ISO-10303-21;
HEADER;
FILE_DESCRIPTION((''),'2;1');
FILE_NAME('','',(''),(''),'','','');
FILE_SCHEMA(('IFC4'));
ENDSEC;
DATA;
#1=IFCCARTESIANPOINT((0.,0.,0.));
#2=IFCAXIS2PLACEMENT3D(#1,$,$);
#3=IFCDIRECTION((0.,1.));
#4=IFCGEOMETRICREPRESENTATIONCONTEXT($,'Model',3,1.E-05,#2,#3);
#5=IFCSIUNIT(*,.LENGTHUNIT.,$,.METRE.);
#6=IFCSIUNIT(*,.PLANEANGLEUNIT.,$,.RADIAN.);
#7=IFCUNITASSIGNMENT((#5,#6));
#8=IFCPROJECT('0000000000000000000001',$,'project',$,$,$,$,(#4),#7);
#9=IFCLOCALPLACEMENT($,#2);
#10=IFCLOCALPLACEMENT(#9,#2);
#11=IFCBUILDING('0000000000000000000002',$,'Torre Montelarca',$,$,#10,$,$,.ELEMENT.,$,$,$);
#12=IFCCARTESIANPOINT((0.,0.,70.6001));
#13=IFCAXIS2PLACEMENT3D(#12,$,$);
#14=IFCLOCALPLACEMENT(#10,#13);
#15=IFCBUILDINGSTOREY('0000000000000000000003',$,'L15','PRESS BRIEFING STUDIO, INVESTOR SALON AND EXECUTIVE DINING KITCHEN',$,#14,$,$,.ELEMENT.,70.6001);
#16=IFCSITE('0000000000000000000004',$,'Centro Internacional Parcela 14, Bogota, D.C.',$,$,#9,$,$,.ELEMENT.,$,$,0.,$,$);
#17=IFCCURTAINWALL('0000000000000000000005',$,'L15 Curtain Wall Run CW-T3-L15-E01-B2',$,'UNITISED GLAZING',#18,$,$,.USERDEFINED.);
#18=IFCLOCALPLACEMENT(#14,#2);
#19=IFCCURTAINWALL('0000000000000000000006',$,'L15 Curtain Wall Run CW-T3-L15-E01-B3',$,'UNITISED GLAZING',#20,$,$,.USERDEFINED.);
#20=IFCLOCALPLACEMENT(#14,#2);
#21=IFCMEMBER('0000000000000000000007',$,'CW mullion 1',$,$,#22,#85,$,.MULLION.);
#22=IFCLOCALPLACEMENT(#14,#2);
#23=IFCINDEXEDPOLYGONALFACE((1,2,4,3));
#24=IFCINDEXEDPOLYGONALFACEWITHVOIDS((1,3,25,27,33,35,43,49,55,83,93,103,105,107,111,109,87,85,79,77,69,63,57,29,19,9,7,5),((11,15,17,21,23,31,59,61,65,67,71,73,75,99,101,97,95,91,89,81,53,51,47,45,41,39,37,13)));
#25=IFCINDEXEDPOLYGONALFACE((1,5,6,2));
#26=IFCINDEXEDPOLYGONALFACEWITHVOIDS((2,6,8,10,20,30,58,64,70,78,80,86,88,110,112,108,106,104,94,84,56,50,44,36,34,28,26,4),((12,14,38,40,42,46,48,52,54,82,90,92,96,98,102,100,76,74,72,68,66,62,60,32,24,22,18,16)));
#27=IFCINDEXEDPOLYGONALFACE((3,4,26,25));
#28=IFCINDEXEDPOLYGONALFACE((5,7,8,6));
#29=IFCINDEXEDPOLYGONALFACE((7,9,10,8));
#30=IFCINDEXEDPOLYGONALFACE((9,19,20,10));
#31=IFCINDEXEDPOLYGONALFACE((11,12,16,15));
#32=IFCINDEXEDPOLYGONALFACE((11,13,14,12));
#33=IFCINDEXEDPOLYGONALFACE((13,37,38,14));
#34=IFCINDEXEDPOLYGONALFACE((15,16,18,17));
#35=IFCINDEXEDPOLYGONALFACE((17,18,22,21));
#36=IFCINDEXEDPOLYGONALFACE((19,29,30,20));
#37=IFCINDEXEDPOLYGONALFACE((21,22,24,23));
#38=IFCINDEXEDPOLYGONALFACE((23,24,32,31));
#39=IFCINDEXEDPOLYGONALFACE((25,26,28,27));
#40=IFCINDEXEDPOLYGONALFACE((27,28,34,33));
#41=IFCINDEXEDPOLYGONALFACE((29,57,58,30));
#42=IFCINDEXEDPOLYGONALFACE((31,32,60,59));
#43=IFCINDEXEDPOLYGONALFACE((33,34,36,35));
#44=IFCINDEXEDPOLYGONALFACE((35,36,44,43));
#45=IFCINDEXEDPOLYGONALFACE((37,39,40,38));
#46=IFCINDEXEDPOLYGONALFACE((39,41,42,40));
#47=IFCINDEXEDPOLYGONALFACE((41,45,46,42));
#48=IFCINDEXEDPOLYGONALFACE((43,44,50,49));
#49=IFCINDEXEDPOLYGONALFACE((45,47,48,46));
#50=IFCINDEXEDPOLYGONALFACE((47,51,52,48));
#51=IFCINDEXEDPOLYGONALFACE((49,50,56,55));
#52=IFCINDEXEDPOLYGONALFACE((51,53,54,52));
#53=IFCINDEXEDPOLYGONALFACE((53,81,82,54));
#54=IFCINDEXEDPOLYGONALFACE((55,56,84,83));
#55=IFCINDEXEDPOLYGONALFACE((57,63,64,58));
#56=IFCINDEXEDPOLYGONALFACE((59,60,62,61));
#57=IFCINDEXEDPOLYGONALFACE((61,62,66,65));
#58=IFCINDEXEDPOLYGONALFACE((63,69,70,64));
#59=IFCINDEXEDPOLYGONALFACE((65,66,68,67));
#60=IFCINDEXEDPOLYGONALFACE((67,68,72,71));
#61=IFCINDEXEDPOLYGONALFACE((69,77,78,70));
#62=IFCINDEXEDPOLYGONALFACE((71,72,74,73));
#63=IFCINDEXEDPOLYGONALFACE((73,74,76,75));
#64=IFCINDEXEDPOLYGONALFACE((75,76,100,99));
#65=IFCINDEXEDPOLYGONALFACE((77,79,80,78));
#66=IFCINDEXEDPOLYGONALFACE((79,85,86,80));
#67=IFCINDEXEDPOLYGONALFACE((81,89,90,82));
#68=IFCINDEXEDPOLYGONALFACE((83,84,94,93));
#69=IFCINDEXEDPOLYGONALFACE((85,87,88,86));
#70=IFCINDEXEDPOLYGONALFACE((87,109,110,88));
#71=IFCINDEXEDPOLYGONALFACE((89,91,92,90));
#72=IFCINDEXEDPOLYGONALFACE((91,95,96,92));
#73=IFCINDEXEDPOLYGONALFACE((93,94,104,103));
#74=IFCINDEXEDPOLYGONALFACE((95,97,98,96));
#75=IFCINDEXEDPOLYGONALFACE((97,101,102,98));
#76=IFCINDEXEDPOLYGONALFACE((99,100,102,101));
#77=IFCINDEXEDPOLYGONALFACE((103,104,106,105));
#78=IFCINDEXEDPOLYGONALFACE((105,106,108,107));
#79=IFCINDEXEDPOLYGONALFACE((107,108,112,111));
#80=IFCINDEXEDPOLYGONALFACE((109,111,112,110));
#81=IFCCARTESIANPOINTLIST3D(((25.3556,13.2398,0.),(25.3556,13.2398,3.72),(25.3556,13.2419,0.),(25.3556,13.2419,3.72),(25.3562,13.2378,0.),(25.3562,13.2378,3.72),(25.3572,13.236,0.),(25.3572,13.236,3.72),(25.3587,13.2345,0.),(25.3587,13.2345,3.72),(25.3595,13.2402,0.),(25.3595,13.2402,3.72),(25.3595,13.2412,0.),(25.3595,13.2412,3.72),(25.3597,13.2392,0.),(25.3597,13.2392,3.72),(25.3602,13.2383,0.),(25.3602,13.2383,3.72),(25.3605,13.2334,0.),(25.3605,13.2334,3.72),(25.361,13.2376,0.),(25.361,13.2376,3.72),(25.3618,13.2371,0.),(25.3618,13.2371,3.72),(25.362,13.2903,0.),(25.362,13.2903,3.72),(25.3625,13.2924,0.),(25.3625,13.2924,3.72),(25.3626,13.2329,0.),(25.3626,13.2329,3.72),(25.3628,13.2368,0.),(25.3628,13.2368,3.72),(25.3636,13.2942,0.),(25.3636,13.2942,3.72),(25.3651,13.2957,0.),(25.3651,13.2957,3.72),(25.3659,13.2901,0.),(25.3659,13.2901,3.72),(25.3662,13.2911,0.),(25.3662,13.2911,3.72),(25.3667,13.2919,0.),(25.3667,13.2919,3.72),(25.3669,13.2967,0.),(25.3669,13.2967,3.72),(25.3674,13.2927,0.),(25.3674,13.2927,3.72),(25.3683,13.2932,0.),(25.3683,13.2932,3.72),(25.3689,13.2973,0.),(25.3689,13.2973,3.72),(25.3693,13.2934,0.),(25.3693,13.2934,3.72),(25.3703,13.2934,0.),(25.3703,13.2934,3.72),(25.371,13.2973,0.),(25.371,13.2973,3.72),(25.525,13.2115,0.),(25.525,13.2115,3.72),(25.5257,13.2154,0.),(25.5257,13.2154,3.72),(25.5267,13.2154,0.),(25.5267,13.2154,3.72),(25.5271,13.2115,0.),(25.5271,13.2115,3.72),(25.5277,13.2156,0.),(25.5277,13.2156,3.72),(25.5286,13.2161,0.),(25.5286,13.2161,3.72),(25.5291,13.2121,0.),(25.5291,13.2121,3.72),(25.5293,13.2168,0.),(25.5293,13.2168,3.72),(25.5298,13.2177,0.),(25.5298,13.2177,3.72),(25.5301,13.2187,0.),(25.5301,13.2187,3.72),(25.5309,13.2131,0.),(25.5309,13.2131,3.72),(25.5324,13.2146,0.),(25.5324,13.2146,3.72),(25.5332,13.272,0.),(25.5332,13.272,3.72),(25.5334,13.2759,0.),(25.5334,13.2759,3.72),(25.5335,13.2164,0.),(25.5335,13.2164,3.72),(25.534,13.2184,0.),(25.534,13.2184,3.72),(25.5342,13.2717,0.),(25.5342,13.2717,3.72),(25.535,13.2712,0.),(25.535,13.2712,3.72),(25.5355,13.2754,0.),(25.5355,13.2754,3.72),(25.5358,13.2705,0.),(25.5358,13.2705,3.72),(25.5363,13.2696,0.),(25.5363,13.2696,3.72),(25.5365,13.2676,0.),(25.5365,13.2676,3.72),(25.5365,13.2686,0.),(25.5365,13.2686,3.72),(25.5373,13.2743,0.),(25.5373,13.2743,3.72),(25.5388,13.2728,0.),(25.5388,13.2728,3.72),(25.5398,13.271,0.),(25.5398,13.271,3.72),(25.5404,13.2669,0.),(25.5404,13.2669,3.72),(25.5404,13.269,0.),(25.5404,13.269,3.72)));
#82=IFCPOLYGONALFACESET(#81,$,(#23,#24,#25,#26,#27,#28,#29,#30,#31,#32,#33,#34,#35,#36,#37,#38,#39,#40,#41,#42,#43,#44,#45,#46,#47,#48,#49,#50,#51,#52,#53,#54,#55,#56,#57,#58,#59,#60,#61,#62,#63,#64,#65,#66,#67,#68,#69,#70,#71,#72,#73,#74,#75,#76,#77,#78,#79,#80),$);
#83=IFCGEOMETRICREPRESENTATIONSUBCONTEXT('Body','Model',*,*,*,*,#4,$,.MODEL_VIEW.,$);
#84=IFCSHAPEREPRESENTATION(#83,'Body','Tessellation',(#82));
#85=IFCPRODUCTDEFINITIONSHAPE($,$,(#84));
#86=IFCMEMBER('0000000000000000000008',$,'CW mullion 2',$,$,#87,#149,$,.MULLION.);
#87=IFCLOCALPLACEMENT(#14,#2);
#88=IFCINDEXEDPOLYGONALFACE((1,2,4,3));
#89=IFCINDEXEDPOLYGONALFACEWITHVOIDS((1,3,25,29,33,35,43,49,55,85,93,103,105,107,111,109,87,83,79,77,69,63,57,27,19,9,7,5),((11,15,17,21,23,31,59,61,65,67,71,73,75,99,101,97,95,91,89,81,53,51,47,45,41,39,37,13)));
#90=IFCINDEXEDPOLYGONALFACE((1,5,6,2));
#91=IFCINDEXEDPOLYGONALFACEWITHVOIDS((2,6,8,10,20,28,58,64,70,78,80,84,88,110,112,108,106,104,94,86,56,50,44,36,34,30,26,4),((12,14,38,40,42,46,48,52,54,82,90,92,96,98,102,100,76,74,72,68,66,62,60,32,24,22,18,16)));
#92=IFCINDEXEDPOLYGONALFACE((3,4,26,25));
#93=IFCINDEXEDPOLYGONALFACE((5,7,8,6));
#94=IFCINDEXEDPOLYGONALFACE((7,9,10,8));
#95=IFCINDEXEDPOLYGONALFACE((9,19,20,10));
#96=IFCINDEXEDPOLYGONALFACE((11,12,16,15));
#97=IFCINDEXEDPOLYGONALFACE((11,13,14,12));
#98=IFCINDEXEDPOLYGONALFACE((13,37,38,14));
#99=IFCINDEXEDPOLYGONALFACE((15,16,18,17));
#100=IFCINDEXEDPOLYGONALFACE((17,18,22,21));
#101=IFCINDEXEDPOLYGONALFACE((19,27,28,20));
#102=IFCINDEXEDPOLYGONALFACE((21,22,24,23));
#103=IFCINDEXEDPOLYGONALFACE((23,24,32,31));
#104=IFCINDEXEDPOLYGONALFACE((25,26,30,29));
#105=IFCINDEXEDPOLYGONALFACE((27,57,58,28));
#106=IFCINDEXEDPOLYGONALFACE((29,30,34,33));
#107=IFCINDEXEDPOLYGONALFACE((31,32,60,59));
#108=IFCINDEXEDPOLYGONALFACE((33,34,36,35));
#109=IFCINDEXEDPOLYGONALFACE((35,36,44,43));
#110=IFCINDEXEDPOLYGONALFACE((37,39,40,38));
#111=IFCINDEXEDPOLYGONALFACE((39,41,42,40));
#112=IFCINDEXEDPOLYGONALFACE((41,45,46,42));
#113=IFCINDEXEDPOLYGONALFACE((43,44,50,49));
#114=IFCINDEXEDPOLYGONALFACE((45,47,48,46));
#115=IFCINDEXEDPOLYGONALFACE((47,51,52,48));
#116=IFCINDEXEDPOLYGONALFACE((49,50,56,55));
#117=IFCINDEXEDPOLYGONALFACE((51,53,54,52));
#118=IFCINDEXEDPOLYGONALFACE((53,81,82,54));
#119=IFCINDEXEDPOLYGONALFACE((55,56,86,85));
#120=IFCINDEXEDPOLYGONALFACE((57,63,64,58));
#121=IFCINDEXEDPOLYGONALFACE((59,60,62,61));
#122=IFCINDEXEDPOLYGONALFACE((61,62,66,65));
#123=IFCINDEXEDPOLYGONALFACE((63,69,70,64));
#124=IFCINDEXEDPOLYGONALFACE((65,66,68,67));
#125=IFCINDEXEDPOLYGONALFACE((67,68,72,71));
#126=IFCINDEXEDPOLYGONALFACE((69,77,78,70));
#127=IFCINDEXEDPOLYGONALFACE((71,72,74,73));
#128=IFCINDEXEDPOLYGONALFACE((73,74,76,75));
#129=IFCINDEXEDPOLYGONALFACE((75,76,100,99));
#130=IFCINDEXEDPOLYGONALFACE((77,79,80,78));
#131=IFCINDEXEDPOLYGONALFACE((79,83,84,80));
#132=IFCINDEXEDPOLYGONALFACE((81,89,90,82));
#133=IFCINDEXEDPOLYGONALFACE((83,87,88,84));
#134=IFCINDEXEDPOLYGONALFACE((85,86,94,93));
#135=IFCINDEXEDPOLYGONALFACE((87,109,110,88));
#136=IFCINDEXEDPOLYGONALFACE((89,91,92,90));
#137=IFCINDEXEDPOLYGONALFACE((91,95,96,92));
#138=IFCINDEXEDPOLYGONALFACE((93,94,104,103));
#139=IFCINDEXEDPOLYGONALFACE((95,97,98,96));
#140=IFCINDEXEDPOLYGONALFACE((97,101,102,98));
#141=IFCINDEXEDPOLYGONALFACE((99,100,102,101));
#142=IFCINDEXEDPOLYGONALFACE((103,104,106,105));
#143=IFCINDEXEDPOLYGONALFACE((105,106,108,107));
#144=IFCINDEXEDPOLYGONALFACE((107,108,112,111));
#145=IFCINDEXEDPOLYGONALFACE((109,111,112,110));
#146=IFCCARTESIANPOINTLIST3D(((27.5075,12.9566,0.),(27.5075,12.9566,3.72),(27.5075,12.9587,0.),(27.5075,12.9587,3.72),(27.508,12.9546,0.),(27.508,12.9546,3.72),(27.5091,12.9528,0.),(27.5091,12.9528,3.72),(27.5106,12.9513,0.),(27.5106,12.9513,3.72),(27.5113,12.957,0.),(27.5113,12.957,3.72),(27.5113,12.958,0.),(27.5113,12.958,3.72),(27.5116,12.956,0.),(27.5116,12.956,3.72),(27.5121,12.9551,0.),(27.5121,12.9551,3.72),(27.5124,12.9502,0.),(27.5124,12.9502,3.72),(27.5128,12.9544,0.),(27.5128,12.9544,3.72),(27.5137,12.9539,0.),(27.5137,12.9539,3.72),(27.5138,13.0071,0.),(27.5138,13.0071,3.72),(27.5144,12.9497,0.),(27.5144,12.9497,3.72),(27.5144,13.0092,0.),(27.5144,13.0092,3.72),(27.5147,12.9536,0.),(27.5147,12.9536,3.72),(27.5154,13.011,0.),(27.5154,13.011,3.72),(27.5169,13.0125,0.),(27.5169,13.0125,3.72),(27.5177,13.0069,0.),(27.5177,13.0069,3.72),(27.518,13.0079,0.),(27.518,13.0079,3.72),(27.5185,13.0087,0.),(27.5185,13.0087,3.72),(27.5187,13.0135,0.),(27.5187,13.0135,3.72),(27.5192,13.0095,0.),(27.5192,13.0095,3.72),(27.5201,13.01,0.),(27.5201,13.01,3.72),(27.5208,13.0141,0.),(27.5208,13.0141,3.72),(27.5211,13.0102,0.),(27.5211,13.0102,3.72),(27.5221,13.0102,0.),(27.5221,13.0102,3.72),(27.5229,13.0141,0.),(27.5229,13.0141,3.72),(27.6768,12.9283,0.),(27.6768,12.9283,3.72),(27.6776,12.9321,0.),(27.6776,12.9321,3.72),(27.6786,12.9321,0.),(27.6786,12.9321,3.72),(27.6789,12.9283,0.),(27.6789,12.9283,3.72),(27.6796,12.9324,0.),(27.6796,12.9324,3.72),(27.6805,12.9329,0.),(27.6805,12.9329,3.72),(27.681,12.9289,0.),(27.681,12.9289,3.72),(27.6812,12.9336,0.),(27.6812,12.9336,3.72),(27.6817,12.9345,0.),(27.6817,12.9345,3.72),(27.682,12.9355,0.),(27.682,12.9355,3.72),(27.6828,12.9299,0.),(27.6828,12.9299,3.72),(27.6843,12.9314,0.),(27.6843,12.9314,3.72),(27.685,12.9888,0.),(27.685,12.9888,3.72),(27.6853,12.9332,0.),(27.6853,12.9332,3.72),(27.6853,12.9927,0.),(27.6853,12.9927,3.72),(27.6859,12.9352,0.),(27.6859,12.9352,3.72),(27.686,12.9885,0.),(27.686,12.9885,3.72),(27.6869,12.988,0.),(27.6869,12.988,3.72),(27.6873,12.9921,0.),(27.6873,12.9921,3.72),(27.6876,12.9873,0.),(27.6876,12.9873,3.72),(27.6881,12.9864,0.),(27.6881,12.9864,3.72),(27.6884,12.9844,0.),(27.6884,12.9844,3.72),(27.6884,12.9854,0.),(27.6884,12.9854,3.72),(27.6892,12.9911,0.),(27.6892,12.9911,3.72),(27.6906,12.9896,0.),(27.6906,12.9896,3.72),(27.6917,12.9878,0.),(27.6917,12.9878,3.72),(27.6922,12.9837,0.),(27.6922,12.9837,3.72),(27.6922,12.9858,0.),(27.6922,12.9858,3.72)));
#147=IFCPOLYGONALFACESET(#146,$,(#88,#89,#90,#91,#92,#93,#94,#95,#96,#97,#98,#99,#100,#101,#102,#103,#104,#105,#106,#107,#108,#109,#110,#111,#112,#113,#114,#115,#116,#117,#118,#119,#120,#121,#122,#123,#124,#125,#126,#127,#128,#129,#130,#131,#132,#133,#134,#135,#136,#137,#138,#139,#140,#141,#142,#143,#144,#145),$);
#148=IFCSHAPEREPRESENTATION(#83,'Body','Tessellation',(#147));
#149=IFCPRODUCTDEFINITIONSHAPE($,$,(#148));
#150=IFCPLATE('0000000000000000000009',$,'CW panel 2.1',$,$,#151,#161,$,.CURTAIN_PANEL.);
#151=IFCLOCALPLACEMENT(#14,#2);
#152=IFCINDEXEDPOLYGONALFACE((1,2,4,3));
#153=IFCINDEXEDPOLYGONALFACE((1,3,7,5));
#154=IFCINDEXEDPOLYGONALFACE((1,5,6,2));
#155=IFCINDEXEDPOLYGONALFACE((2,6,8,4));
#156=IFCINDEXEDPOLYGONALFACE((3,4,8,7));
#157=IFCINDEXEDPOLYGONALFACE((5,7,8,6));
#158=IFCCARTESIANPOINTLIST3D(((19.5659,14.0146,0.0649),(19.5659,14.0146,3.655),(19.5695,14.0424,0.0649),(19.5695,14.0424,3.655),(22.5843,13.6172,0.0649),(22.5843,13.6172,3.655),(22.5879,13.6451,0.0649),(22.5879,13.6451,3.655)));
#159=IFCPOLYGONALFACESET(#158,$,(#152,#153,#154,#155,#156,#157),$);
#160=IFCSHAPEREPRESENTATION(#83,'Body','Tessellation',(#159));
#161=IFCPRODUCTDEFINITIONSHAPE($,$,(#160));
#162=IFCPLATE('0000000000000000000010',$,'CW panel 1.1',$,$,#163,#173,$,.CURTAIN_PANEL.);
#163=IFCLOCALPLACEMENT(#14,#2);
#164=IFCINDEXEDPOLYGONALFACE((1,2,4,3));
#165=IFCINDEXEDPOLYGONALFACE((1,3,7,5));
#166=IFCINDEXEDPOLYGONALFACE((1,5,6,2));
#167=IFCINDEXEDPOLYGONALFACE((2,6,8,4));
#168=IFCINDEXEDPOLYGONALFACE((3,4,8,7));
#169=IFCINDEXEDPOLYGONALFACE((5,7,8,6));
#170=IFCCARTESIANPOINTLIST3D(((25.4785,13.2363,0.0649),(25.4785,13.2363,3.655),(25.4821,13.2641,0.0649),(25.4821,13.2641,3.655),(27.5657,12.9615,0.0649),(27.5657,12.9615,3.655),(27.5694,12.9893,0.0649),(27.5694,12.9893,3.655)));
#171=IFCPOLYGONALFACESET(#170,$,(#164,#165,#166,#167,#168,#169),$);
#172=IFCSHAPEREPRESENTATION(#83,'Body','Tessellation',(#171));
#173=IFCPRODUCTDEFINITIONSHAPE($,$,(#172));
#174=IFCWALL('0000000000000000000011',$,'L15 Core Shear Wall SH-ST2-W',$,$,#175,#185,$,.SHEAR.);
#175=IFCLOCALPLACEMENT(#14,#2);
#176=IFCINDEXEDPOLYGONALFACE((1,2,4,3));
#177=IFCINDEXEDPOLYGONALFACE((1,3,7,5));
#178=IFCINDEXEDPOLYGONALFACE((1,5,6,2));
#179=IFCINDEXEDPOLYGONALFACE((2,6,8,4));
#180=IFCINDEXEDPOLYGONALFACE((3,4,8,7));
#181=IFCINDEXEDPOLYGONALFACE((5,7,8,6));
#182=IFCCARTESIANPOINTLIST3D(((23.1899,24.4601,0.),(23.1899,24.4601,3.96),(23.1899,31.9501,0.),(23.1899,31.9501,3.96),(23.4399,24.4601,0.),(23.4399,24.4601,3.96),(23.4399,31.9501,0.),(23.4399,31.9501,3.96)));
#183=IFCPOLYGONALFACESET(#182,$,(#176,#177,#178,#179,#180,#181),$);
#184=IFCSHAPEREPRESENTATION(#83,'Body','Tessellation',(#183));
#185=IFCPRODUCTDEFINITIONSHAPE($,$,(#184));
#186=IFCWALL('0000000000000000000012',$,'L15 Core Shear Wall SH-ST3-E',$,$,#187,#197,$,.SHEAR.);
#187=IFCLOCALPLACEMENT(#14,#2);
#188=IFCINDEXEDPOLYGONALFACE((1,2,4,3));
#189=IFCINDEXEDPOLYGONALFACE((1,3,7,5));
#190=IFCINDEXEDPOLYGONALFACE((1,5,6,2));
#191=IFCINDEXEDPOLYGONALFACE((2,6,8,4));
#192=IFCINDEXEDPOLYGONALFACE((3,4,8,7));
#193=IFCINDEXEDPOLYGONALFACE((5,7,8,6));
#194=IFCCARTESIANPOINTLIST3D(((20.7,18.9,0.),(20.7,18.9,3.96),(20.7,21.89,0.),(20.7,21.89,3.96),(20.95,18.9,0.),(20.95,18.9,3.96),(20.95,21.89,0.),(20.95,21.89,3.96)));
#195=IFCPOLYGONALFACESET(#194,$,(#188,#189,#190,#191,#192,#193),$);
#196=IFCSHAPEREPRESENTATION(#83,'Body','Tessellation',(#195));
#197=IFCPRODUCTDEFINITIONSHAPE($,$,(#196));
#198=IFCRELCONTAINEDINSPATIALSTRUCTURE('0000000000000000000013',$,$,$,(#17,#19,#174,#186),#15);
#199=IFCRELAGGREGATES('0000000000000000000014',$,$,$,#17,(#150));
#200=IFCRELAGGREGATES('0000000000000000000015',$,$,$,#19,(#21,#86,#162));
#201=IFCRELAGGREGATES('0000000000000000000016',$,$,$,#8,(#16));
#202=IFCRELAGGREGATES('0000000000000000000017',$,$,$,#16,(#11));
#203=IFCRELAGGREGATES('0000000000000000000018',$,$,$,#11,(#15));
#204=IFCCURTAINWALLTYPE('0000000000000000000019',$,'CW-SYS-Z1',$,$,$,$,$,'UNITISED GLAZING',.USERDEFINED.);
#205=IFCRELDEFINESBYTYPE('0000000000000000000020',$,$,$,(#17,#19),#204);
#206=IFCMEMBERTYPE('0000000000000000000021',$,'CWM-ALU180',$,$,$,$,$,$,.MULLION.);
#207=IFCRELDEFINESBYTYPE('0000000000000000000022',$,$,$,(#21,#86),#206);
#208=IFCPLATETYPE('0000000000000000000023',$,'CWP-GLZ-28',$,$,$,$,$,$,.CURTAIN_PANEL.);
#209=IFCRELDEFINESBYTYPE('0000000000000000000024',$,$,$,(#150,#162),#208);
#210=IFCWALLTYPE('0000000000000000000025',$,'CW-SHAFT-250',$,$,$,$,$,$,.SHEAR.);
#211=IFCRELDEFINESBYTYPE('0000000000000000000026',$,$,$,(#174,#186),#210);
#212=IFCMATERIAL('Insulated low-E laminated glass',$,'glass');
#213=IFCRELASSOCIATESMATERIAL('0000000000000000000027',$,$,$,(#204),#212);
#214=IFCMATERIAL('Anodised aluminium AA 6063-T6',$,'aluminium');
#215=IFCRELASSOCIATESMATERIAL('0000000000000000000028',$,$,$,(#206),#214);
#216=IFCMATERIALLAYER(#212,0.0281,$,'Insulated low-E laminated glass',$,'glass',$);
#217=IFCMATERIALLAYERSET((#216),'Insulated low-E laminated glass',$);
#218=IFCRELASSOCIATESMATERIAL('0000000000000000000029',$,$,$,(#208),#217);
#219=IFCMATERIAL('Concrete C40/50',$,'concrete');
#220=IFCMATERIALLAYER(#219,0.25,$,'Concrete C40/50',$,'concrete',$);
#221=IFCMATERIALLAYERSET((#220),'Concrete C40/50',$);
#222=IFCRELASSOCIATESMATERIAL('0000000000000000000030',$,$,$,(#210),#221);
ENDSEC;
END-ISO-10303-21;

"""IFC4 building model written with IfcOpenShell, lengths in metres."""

from ifc_helpers import new_model, si_unit, direction, frame, frame_2d, origin, origin_2d, place, context, subcontext, project, spatial, rectangle, hollow_rectangle, extrude, source, transform, mapped, material, layer, layer_set, material_profile, profile_set, type_object, element, aggregate, save


model = new_model("IFC4")

# Units and contexts
model_context = context("Model", 3, precision=1e-05, world=origin(), true_north=direction((0.0, 1.0)))
body_context = subcontext(model_context, "Body", "Model", "MODEL_VIEW")
ifc_project = project(units=[si_unit("LENGTHUNIT", "METRE"), si_unit("PLANEANGLEUNIT", "RADIAN")], contexts=[model_context])

# Site, building, storey
site_placement = place(None, origin())
site = spatial("IfcSite", under=ifc_project, at=site_placement, Name="Centro Internacional Parcela 14, Bogota, D.C.", CompositionType="ELEMENT", RefElevation=0.0)
building_placement = place(site_placement, origin())
building = spatial("IfcBuilding", under=site, at=building_placement, Name="Torre Montelarca", CompositionType="ELEMENT")
storey_placement = place(building_placement, frame((0.0, 0.0, 70.6001)))
storey = spatial("IfcBuildingStorey", under=building, at=storey_placement, Name="L15", Description="PRESS BRIEFING STUDIO, INVESTOR SALON AND EXECUTIVE DINING KITCHEN", CompositionType="ELEMENT", Elevation=70.6001)

# Curtain walls
ifc_material_1 = material(Name="Insulated low-E laminated glass", Category="glass")
curtain_wall_type = type_object("IfcCurtainWallType", Name="CW-SYS-Z1", ElementType="UNITISED GLAZING", PredefinedType="USERDEFINED", material=ifc_material_1)
curtain_wall_1_placement = place(storey_placement, origin())
curtain_wall_1 = element("IfcCurtainWall", 1, at=curtain_wall_1_placement, inside=storey, type_object=curtain_wall_type, Name="L15 Curtain Wall Run CW-T3-L15-E01-B2", ObjectType="UNITISED GLAZING", PredefinedType="USERDEFINED")
ifc_material_2 = material(Name="Anodised aluminium AA 6063-T6", Category="aluminium")
curtain_wall_2_placement = place(storey_placement, origin())
curtain_wall_2 = element("IfcCurtainWall", 2, at=curtain_wall_2_placement, inside=storey, type_object=curtain_wall_type, Name="L15 Curtain Wall Run CW-T3-L15-E01-B3", ObjectType="UNITISED GLAZING", PredefinedType="USERDEFINED")

# Members
ifc_material_profile_1 = material_profile(ifc_material_2, hollow_rectangle(XDim=0.0649, YDim=0.1799, WallThickness=0.0039, InnerFilletRadius=0.0039, OuterFilletRadius=0.0081, at=origin_2d()), Name="ALU65X180X4", Category="aluminium")
ifc_profile_set_1 = profile_set([ifc_material_profile_1], Name="Anodised aluminium AA 6063-T6")
member_type_1 = type_object("IfcMemberType", Name="CWM-ALU180", PredefinedType="MULLION", material=ifc_profile_set_1)
shared_shape_1 = source(origin(), body_context, "Body", "SweptSolid", [
    extrude(hollow_rectangle(XDim=0.0649, YDim=0.1799, WallThickness=0.0039, InnerFilletRadius=0.0039, OuterFilletRadius=0.0081, at=origin_2d()), origin(), (0.0, 0.0, 1.0), 3.72),
])
member_1_placement = place(storey_placement, frame((25.448, 13.2544, 0.0), z_axis=(0.0, 0.0, 1.0), x_axis=(0.130513, 0.991447, 0.0)))
member_1 = element("IfcMember", 3, at=member_1_placement, type_object=member_type_1, Name="CW mullion 1", PredefinedType="MULLION", context=body_context, shape_type="MappedRepresentation", body=[
    mapped(shared_shape_1, transform((0.0, 0.0, 0.0), scale=1.0)),
])
member_2_placement = place(storey_placement, frame((27.5999, 12.9712, 0.0), z_axis=(0.0, 0.0, 1.0), x_axis=(0.130513, 0.991447, 0.0)))
member_2 = element("IfcMember", 4, at=member_2_placement, type_object=member_type_1, Name="CW mullion 2", PredefinedType="MULLION", context=body_context, shape_type="MappedRepresentation", body=[
    mapped(shared_shape_1, transform((0.0, 0.0, 0.0), scale=1.0)),
])

# Plates
ifc_layer_1 = layer(ifc_material_1, 0.0281, Name="Insulated low-E laminated glass", Category="glass")
ifc_layer_set_1 = layer_set([ifc_layer_1], Name="Insulated low-E laminated glass")
plate_type = type_object("IfcPlateType", Name="CWP-GLZ-28", PredefinedType="CURTAIN_PANEL", material=ifc_layer_set_1)
shared_shape_2 = source(origin(), body_context, "Body", "SweptSolid", [
    extrude(rectangle(XDim=3.0444, YDim=0.0281, at=origin_2d()), origin(), (0.0, 0.0, 1.0), 3.5901),
])
plate_1_placement = place(storey_placement, frame((21.0769, 13.8298, 0.0649), z_axis=(0.0, 0.0, 1.0), x_axis=(0.991445, -0.130525, 0.0)))
plate_1 = element("IfcPlate", 5, at=plate_1_placement, type_object=plate_type, Name="CW panel 2.1", PredefinedType="CURTAIN_PANEL", context=body_context, shape_type="MappedRepresentation", body=[
    mapped(shared_shape_2, transform((0.0, 0.0, 0.0), scale=1.0)),
])
aggregate(curtain_wall_1, [plate_1])
shared_shape_3 = source(origin(), body_context, "Body", "SweptSolid", [
    extrude(rectangle(XDim=2.1052, YDim=0.0281, at=origin_2d()), origin(), (0.0, 0.0, 1.0), 3.5901),
])
plate_2_placement = place(storey_placement, frame((26.5239, 13.1128, 0.0649), z_axis=(0.0, 0.0, 1.0), x_axis=(0.991447, -0.130513, 0.0)))
plate_2 = element("IfcPlate", 6, at=plate_2_placement, type_object=plate_type, Name="CW panel 1.1", PredefinedType="CURTAIN_PANEL", context=body_context, shape_type="MappedRepresentation", body=[
    mapped(shared_shape_3, transform((0.0, 0.0, 0.0), scale=1.0)),
])
aggregate(curtain_wall_2, [member_1, member_2, plate_2])

# Walls
ifc_material_3 = material(Name="Concrete C40/50", Category="concrete")
ifc_layer_2 = layer(ifc_material_3, 0.25, Name="Concrete C40/50", Category="concrete")
ifc_layer_set_2 = layer_set([ifc_layer_2], Name="Concrete C40/50")
wall_type_1 = type_object("IfcWallType", Name="CW-SHAFT-250", PredefinedType="SHEAR", material=ifc_layer_set_2)
wall_1_placement = place(storey_placement, frame((23.3149, 24.46, 0.0), z_axis=(0.0, 0.0, 1.0), x_axis=(0.0, 1.0, 0.0)))
element("IfcWall", 7, at=wall_1_placement, inside=storey, type_object=wall_type_1, Name="L15 Core Shear Wall SH-ST2-W", PredefinedType="SHEAR", context=body_context, shape_type="SweptSolid", body=[
    extrude(rectangle(XDim=7.49, YDim=0.25, at=frame_2d((3.7451, 0.0))), origin(), (0.0, 0.0, 1.0), 3.96),
])
wall_2_placement = place(storey_placement, frame((20.825, 18.8999, 0.0), z_axis=(0.0, 0.0, 1.0), x_axis=(0.0, 1.0, 0.0)))
element("IfcWall", 8, at=wall_2_placement, inside=storey, type_object=wall_type_1, Name="L15 Core Shear Wall SH-ST3-E", PredefinedType="SHEAR", context=body_context, shape_type="SweptSolid", body=[
    extrude(rectangle(XDim=2.99, YDim=0.25, at=frame_2d((1.4951, 0.0))), origin(), (0.0, 0.0, 1.0), 3.96),
])

save(model, "model.ifc")
